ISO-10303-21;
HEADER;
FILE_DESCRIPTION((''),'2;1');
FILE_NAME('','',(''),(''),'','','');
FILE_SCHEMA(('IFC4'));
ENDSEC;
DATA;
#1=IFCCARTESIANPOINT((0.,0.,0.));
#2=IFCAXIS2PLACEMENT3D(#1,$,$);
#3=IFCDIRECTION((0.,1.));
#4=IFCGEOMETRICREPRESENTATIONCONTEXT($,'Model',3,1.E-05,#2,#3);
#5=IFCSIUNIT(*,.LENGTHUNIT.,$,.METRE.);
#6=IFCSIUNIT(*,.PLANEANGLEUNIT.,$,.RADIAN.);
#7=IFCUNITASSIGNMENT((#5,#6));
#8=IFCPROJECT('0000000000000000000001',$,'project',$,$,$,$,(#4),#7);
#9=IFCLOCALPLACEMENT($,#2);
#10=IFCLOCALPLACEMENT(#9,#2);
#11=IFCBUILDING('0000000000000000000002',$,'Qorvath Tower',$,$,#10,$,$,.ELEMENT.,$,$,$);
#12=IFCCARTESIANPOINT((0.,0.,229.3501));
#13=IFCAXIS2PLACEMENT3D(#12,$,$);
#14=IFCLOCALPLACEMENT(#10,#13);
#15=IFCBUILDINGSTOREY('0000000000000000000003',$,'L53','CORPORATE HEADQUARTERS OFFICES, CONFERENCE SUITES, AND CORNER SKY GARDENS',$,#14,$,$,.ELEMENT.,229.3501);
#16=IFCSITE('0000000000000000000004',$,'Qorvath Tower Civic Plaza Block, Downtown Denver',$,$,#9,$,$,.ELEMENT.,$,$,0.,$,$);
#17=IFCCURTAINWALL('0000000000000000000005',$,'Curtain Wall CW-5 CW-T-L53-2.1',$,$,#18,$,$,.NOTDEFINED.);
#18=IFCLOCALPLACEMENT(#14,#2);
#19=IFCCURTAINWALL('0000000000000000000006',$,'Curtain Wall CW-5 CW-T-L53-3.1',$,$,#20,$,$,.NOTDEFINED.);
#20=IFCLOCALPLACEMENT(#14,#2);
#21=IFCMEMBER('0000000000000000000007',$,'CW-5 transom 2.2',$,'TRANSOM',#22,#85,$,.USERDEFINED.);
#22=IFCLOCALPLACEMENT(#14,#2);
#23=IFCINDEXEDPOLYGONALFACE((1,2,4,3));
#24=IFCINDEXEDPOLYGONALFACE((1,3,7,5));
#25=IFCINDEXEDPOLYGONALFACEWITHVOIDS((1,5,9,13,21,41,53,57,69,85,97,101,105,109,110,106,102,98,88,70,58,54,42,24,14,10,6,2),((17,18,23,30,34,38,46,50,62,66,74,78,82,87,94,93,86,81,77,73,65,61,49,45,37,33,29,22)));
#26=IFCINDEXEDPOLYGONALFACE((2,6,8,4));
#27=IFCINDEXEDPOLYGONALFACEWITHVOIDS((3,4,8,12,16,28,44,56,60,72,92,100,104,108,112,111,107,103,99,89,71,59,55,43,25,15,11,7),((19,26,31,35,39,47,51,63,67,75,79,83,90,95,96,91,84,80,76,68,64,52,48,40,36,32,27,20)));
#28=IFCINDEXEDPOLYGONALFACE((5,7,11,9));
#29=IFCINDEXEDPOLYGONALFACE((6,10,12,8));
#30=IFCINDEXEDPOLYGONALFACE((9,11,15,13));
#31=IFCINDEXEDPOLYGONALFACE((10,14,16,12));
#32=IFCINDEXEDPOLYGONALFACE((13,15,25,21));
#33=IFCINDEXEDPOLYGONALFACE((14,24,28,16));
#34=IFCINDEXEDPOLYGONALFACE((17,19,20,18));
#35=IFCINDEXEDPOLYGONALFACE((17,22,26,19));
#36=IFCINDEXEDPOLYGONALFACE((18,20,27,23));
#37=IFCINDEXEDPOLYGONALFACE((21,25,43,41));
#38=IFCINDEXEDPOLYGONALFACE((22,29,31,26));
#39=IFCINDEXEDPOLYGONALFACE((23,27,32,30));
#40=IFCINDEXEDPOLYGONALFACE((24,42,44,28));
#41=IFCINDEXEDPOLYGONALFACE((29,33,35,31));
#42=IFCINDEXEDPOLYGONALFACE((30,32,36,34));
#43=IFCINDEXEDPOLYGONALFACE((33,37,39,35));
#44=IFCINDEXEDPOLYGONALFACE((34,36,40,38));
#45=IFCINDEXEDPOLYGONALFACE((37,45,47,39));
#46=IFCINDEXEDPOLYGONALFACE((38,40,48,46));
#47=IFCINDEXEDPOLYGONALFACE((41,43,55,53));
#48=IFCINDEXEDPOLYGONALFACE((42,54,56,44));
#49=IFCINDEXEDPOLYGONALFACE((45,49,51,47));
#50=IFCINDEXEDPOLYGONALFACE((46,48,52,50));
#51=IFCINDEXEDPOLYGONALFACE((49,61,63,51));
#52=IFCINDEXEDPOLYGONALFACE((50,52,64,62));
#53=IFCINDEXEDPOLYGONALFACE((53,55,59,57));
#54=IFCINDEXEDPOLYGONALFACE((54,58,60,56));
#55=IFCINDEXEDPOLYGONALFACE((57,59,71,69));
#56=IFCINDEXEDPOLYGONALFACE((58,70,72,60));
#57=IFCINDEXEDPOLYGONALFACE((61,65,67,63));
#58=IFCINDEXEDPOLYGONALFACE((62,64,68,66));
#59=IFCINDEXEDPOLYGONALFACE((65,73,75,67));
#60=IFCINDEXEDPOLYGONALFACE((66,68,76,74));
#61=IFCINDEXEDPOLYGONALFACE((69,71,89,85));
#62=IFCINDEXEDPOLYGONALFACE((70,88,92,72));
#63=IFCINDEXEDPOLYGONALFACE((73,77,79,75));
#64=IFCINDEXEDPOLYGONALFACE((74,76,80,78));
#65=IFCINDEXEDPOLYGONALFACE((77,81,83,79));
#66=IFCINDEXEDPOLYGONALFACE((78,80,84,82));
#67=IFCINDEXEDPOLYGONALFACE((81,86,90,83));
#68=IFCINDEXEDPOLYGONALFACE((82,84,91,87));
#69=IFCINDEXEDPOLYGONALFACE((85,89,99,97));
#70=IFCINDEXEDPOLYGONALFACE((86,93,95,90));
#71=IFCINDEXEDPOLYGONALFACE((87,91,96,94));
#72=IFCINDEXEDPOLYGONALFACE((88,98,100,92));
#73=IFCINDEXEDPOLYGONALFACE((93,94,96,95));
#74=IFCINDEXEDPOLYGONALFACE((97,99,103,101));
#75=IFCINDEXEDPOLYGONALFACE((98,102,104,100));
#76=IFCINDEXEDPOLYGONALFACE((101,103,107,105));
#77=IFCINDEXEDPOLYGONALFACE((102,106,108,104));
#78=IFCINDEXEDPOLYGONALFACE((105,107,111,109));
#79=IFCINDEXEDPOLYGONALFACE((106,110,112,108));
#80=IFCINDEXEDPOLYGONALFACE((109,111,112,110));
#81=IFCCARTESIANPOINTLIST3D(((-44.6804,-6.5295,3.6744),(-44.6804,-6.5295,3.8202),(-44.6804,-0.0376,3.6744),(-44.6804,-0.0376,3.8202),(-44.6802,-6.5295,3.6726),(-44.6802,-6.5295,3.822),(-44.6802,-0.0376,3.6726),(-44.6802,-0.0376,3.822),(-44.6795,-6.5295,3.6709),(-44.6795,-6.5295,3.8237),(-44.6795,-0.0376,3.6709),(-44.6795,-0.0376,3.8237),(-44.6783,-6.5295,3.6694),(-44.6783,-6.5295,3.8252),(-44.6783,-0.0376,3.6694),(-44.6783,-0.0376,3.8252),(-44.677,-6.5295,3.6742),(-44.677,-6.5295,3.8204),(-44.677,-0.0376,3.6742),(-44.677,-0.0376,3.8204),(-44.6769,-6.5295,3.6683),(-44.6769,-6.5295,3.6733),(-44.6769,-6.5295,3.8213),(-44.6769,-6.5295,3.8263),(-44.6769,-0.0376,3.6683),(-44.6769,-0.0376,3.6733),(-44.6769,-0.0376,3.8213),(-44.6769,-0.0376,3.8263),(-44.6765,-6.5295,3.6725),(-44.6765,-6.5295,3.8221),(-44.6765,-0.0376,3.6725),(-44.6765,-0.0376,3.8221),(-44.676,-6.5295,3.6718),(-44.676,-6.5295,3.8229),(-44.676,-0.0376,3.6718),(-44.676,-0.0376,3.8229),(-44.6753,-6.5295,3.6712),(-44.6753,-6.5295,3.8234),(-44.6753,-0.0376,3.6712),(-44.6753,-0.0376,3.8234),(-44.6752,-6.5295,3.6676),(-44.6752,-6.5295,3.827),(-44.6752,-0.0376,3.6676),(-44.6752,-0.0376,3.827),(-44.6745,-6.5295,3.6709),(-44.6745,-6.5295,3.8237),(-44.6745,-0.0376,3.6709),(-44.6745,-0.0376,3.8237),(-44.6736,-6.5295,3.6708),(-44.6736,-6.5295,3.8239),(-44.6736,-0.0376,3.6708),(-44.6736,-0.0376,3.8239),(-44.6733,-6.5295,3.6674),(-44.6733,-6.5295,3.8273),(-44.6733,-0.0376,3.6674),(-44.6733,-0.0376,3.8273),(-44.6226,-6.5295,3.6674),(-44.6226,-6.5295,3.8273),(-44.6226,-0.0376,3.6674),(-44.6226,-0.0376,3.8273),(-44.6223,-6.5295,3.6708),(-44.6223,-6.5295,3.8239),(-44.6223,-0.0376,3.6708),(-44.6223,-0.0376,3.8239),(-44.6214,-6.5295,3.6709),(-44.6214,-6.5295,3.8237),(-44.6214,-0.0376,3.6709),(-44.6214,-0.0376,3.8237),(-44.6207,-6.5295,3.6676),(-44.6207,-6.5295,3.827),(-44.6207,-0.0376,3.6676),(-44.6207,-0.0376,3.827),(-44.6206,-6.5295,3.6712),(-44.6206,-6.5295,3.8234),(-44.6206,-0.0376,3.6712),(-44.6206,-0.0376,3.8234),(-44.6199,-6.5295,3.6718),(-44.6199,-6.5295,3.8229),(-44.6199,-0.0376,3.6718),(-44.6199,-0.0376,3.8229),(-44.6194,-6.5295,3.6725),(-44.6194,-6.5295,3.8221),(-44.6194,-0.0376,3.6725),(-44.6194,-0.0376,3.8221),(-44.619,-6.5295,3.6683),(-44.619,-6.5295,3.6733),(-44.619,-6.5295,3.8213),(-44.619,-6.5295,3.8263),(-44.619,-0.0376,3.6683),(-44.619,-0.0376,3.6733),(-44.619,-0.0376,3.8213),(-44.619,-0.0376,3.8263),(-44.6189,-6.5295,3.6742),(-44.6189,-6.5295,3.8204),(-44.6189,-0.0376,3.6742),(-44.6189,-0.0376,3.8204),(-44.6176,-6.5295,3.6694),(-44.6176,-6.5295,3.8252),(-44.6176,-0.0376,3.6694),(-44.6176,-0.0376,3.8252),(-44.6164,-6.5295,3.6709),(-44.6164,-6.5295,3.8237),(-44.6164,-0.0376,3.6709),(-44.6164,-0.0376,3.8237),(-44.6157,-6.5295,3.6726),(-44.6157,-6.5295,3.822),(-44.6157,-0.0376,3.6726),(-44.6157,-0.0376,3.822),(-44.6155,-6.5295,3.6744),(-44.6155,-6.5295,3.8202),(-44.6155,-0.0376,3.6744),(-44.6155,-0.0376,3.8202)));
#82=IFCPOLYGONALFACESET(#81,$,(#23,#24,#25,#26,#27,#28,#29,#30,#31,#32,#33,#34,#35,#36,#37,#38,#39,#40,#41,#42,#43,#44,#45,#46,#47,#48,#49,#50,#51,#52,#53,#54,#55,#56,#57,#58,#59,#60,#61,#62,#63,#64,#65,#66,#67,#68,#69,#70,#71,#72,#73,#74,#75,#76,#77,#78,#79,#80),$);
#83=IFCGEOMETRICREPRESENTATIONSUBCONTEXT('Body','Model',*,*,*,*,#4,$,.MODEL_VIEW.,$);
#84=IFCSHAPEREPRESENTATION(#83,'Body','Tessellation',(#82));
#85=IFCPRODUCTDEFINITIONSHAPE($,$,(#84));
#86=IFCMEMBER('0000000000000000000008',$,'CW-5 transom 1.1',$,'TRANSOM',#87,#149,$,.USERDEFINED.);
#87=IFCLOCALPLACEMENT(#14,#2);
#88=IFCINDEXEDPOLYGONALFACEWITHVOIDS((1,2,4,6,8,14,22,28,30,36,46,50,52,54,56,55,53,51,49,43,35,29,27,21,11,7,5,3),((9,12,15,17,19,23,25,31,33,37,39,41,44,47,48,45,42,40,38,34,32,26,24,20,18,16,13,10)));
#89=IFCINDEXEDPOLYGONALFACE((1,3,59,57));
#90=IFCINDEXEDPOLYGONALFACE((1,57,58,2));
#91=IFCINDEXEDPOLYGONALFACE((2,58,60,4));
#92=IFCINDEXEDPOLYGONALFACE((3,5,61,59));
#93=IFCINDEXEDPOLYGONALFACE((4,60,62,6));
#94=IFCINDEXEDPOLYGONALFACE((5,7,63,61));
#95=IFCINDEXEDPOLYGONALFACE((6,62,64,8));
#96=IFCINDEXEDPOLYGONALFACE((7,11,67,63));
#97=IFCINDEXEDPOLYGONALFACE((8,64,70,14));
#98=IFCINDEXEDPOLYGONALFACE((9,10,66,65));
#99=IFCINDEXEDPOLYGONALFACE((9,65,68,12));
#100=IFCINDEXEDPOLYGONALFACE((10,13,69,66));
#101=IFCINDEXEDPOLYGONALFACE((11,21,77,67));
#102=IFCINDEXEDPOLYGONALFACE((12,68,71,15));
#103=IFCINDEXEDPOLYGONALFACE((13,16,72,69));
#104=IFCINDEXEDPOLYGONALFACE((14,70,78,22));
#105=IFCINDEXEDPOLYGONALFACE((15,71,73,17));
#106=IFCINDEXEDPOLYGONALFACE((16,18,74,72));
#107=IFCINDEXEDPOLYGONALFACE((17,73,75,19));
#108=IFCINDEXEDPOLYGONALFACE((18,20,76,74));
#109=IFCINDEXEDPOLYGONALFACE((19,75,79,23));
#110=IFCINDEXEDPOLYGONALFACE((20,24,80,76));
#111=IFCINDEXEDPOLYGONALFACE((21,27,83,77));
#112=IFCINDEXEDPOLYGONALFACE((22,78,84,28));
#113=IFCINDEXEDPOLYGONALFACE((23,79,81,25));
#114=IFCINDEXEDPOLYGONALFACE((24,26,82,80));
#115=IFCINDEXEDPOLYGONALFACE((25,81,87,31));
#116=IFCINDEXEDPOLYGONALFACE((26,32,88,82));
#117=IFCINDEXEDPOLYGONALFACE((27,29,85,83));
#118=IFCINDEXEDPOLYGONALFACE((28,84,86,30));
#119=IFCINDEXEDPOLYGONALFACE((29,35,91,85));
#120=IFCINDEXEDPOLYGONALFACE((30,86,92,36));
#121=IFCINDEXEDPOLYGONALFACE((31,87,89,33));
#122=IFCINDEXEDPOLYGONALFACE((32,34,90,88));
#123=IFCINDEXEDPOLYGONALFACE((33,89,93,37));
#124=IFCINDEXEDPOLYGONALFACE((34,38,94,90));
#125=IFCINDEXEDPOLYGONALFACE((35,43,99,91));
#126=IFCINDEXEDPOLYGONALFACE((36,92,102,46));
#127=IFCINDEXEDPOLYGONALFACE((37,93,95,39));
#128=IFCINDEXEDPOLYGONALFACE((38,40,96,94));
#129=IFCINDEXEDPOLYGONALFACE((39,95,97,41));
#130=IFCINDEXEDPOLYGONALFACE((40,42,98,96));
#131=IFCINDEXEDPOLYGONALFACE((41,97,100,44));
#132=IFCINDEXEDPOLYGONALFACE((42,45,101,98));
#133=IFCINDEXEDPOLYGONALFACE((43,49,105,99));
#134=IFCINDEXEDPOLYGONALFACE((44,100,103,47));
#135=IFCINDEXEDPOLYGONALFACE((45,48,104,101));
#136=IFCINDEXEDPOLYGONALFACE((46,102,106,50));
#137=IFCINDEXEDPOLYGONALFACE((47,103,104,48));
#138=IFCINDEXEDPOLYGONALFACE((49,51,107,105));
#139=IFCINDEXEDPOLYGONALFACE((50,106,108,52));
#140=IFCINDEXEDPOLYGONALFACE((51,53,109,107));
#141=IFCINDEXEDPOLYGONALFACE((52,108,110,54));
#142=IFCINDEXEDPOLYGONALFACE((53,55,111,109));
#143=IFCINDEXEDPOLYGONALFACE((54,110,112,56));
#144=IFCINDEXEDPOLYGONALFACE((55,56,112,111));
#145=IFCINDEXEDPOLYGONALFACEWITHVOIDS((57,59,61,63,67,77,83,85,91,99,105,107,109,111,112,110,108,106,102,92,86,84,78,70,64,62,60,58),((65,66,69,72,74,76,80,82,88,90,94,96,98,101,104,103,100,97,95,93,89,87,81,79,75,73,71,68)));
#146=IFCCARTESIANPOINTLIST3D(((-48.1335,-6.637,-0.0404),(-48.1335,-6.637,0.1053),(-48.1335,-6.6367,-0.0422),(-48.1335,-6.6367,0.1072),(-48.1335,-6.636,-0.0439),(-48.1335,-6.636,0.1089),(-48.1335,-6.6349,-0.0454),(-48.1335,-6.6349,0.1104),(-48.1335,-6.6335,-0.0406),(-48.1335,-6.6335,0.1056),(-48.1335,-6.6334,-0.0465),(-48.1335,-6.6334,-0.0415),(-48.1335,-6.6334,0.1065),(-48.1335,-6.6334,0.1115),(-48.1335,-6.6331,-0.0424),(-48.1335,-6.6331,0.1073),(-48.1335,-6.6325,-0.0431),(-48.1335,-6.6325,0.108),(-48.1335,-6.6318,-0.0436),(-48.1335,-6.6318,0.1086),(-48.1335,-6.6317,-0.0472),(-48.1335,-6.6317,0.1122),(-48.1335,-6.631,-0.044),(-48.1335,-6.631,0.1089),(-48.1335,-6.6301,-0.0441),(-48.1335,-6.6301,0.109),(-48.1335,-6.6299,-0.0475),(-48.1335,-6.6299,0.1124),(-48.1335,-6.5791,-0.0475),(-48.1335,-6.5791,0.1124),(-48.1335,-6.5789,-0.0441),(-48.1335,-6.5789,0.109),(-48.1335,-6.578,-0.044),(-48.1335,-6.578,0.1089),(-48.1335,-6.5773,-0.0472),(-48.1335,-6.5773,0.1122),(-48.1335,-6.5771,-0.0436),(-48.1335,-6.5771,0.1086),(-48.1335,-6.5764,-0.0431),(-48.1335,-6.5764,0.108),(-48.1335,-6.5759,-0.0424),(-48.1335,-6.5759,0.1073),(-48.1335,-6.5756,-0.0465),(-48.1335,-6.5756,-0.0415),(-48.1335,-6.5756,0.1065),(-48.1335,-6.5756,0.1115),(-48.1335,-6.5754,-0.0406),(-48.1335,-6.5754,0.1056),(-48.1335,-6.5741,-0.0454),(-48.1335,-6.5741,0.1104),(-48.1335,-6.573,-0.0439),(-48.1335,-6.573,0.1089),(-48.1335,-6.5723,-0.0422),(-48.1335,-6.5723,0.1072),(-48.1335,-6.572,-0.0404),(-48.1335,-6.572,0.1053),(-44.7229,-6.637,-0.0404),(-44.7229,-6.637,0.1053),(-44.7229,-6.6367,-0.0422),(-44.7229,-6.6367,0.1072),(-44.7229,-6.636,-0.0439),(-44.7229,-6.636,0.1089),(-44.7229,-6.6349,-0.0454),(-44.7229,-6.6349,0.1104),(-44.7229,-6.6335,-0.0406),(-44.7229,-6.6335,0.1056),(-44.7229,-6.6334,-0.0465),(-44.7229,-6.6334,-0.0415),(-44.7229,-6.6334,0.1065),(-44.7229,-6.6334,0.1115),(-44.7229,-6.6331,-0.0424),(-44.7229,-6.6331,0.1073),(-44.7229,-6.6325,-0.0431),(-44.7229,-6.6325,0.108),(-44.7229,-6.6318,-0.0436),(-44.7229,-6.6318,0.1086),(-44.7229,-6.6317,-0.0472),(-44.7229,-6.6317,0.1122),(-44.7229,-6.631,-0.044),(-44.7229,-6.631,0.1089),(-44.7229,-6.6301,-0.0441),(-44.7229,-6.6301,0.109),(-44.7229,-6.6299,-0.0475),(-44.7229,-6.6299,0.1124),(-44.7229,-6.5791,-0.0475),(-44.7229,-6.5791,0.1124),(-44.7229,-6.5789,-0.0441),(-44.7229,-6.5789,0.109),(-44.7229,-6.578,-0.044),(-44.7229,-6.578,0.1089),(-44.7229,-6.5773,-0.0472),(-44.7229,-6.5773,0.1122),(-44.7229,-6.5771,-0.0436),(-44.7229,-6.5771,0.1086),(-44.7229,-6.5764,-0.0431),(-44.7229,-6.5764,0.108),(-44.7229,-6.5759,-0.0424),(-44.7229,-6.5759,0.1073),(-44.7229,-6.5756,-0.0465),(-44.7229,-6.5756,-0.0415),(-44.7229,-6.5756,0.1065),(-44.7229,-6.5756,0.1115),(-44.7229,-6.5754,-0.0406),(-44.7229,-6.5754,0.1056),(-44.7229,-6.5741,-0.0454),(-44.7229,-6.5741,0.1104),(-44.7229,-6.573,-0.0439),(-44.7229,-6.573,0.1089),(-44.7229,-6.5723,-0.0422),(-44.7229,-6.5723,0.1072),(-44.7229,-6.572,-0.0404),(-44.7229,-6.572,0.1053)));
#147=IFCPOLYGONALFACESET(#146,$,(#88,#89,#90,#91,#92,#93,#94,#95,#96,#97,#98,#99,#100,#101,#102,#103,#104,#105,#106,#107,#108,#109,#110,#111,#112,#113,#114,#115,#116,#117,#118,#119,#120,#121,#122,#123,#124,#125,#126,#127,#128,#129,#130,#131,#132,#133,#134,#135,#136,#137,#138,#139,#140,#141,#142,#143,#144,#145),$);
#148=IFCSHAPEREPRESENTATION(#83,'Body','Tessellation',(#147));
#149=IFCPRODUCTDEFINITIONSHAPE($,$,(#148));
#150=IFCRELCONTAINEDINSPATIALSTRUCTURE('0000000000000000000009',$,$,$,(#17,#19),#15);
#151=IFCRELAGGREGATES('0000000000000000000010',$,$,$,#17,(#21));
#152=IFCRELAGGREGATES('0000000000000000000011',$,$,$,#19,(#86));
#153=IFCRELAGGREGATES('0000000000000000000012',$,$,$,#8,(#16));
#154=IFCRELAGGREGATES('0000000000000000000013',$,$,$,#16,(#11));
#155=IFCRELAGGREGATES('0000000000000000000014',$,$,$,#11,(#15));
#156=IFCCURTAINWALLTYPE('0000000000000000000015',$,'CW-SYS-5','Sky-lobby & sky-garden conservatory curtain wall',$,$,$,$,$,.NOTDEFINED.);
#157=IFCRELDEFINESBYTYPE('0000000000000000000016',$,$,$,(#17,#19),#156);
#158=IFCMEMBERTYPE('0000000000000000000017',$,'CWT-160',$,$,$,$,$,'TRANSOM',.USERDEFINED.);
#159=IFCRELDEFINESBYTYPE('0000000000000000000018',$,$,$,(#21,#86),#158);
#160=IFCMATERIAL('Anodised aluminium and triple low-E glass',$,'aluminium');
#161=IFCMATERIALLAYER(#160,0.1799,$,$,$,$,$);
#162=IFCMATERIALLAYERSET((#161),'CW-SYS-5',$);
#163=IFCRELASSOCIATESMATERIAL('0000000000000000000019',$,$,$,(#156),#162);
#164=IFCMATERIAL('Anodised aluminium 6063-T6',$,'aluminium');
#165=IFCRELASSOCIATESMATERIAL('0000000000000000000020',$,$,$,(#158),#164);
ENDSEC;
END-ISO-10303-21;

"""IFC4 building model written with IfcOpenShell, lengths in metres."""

from ifc_helpers import new_model, si_unit, direction, frame, origin, origin_2d, place, context, subcontext, project, spatial, hollow_rectangle, extrude, material, layer, layer_set, material_profile, profile_set, type_object, element, aggregate, save


model = new_model("IFC4")

# Units and contexts
model_context = context("Model", 3, precision=1e-05, world=origin(), true_north=direction((0.0, 1.0)))
body_context = subcontext(model_context, "Body", "Model", "MODEL_VIEW")
ifc_project = project(units=[si_unit("LENGTHUNIT", "METRE"), si_unit("PLANEANGLEUNIT", "RADIAN")], contexts=[model_context])

# Site, building, storey
site_placement = place(None, origin())
site = spatial("IfcSite", under=ifc_project, at=site_placement, Name="Qorvath Tower Civic Plaza Block, Downtown Denver", CompositionType="ELEMENT", RefElevation=0.0)
building_placement = place(site_placement, origin())
building = spatial("IfcBuilding", under=site, at=building_placement, Name="Qorvath Tower", CompositionType="ELEMENT")
storey_placement = place(building_placement, frame((0.0, 0.0, 229.3501)))
storey = spatial("IfcBuildingStorey", under=building, at=storey_placement, Name="L53", Description="CORPORATE HEADQUARTERS OFFICES, CONFERENCE SUITES, AND CORNER SKY GARDENS", CompositionType="ELEMENT", Elevation=229.3501)

# Curtain walls
ifc_material_1 = material(Name="Anodised aluminium and triple low-E glass", Category="aluminium")
ifc_layer_1 = layer(ifc_material_1, 0.1799)
ifc_layer_set_1 = layer_set([ifc_layer_1], Name="CW-SYS-5")
curtain_wall_type = type_object("IfcCurtainWallType", Name="CW-SYS-5", Description="Sky-lobby & sky-garden conservatory curtain wall", PredefinedType="NOTDEFINED", material=ifc_layer_set_1)
curtain_wall_1_placement = place(storey_placement, origin())
curtain_wall_1 = element("IfcCurtainWall", 1, at=curtain_wall_1_placement, inside=storey, type_object=curtain_wall_type, Name="Curtain Wall CW-5 CW-T-L53-2.1", PredefinedType="NOTDEFINED")
curtain_wall_2_placement = place(storey_placement, origin())
curtain_wall_2 = element("IfcCurtainWall", 2, at=curtain_wall_2_placement, inside=storey, type_object=curtain_wall_type, Name="Curtain Wall CW-5 CW-T-L53-3.1", PredefinedType="NOTDEFINED")

# Members
ifc_material_2 = material(Name="Anodised aluminium 6063-T6", Category="aluminium")
ifc_material_profile_1 = material_profile(ifc_material_2, hollow_rectangle(XDim=0.0649, YDim=0.1599, WallThickness=0.0034, InnerFilletRadius=0.0034, OuterFilletRadius=0.0071, at=origin_2d()), Name="CWT 160x65")
ifc_profile_set_1 = profile_set([ifc_material_profile_1], Name="Anodised aluminium 6063-T6")
member_type_1 = type_object("IfcMemberType", Name="CWT-160", ElementType="TRANSOM", PredefinedType="USERDEFINED", material=ifc_profile_set_1)
member_1_placement = place(storey_placement, frame((-44.6479, -0.0376, 3.7473), z_axis=(0.0, -1.0, 0.0), x_axis=(1.0, 0.0, 0.0)))
member_1 = element("IfcMember", 3, at=member_1_placement, type_object=member_type_1, Name="CW-5 transom 2.2", ObjectType="TRANSOM", PredefinedType="USERDEFINED", context=body_context, shape_type="SweptSolid", body=[
    extrude(hollow_rectangle(XDim=0.0649, YDim=0.1599, WallThickness=0.0034, InnerFilletRadius=0.0034, OuterFilletRadius=0.0071, at=origin_2d()), origin(), (0.0, 0.0, 1.0), 6.4919),
])
member_2_placement = place(storey_placement, frame((-44.7229, -6.6045, 0.0325), z_axis=(-1.0, 0.0, 0.0), x_axis=(0.0, -1.0, 0.0)))
member_2 = element("IfcMember", 4, at=member_2_placement, type_object=member_type_1, Name="CW-5 transom 1.1", ObjectType="TRANSOM", PredefinedType="USERDEFINED", context=body_context, shape_type="SweptSolid", body=[
    extrude(hollow_rectangle(XDim=0.0649, YDim=0.1599, WallThickness=0.0034, InnerFilletRadius=0.0034, OuterFilletRadius=0.0071, at=origin_2d()), origin(), (0.0, 0.0, 1.0), 3.4106),
])

aggregate(curtain_wall_1, [member_1])
aggregate(curtain_wall_2, [member_2])

save(model, "model.ifc")
